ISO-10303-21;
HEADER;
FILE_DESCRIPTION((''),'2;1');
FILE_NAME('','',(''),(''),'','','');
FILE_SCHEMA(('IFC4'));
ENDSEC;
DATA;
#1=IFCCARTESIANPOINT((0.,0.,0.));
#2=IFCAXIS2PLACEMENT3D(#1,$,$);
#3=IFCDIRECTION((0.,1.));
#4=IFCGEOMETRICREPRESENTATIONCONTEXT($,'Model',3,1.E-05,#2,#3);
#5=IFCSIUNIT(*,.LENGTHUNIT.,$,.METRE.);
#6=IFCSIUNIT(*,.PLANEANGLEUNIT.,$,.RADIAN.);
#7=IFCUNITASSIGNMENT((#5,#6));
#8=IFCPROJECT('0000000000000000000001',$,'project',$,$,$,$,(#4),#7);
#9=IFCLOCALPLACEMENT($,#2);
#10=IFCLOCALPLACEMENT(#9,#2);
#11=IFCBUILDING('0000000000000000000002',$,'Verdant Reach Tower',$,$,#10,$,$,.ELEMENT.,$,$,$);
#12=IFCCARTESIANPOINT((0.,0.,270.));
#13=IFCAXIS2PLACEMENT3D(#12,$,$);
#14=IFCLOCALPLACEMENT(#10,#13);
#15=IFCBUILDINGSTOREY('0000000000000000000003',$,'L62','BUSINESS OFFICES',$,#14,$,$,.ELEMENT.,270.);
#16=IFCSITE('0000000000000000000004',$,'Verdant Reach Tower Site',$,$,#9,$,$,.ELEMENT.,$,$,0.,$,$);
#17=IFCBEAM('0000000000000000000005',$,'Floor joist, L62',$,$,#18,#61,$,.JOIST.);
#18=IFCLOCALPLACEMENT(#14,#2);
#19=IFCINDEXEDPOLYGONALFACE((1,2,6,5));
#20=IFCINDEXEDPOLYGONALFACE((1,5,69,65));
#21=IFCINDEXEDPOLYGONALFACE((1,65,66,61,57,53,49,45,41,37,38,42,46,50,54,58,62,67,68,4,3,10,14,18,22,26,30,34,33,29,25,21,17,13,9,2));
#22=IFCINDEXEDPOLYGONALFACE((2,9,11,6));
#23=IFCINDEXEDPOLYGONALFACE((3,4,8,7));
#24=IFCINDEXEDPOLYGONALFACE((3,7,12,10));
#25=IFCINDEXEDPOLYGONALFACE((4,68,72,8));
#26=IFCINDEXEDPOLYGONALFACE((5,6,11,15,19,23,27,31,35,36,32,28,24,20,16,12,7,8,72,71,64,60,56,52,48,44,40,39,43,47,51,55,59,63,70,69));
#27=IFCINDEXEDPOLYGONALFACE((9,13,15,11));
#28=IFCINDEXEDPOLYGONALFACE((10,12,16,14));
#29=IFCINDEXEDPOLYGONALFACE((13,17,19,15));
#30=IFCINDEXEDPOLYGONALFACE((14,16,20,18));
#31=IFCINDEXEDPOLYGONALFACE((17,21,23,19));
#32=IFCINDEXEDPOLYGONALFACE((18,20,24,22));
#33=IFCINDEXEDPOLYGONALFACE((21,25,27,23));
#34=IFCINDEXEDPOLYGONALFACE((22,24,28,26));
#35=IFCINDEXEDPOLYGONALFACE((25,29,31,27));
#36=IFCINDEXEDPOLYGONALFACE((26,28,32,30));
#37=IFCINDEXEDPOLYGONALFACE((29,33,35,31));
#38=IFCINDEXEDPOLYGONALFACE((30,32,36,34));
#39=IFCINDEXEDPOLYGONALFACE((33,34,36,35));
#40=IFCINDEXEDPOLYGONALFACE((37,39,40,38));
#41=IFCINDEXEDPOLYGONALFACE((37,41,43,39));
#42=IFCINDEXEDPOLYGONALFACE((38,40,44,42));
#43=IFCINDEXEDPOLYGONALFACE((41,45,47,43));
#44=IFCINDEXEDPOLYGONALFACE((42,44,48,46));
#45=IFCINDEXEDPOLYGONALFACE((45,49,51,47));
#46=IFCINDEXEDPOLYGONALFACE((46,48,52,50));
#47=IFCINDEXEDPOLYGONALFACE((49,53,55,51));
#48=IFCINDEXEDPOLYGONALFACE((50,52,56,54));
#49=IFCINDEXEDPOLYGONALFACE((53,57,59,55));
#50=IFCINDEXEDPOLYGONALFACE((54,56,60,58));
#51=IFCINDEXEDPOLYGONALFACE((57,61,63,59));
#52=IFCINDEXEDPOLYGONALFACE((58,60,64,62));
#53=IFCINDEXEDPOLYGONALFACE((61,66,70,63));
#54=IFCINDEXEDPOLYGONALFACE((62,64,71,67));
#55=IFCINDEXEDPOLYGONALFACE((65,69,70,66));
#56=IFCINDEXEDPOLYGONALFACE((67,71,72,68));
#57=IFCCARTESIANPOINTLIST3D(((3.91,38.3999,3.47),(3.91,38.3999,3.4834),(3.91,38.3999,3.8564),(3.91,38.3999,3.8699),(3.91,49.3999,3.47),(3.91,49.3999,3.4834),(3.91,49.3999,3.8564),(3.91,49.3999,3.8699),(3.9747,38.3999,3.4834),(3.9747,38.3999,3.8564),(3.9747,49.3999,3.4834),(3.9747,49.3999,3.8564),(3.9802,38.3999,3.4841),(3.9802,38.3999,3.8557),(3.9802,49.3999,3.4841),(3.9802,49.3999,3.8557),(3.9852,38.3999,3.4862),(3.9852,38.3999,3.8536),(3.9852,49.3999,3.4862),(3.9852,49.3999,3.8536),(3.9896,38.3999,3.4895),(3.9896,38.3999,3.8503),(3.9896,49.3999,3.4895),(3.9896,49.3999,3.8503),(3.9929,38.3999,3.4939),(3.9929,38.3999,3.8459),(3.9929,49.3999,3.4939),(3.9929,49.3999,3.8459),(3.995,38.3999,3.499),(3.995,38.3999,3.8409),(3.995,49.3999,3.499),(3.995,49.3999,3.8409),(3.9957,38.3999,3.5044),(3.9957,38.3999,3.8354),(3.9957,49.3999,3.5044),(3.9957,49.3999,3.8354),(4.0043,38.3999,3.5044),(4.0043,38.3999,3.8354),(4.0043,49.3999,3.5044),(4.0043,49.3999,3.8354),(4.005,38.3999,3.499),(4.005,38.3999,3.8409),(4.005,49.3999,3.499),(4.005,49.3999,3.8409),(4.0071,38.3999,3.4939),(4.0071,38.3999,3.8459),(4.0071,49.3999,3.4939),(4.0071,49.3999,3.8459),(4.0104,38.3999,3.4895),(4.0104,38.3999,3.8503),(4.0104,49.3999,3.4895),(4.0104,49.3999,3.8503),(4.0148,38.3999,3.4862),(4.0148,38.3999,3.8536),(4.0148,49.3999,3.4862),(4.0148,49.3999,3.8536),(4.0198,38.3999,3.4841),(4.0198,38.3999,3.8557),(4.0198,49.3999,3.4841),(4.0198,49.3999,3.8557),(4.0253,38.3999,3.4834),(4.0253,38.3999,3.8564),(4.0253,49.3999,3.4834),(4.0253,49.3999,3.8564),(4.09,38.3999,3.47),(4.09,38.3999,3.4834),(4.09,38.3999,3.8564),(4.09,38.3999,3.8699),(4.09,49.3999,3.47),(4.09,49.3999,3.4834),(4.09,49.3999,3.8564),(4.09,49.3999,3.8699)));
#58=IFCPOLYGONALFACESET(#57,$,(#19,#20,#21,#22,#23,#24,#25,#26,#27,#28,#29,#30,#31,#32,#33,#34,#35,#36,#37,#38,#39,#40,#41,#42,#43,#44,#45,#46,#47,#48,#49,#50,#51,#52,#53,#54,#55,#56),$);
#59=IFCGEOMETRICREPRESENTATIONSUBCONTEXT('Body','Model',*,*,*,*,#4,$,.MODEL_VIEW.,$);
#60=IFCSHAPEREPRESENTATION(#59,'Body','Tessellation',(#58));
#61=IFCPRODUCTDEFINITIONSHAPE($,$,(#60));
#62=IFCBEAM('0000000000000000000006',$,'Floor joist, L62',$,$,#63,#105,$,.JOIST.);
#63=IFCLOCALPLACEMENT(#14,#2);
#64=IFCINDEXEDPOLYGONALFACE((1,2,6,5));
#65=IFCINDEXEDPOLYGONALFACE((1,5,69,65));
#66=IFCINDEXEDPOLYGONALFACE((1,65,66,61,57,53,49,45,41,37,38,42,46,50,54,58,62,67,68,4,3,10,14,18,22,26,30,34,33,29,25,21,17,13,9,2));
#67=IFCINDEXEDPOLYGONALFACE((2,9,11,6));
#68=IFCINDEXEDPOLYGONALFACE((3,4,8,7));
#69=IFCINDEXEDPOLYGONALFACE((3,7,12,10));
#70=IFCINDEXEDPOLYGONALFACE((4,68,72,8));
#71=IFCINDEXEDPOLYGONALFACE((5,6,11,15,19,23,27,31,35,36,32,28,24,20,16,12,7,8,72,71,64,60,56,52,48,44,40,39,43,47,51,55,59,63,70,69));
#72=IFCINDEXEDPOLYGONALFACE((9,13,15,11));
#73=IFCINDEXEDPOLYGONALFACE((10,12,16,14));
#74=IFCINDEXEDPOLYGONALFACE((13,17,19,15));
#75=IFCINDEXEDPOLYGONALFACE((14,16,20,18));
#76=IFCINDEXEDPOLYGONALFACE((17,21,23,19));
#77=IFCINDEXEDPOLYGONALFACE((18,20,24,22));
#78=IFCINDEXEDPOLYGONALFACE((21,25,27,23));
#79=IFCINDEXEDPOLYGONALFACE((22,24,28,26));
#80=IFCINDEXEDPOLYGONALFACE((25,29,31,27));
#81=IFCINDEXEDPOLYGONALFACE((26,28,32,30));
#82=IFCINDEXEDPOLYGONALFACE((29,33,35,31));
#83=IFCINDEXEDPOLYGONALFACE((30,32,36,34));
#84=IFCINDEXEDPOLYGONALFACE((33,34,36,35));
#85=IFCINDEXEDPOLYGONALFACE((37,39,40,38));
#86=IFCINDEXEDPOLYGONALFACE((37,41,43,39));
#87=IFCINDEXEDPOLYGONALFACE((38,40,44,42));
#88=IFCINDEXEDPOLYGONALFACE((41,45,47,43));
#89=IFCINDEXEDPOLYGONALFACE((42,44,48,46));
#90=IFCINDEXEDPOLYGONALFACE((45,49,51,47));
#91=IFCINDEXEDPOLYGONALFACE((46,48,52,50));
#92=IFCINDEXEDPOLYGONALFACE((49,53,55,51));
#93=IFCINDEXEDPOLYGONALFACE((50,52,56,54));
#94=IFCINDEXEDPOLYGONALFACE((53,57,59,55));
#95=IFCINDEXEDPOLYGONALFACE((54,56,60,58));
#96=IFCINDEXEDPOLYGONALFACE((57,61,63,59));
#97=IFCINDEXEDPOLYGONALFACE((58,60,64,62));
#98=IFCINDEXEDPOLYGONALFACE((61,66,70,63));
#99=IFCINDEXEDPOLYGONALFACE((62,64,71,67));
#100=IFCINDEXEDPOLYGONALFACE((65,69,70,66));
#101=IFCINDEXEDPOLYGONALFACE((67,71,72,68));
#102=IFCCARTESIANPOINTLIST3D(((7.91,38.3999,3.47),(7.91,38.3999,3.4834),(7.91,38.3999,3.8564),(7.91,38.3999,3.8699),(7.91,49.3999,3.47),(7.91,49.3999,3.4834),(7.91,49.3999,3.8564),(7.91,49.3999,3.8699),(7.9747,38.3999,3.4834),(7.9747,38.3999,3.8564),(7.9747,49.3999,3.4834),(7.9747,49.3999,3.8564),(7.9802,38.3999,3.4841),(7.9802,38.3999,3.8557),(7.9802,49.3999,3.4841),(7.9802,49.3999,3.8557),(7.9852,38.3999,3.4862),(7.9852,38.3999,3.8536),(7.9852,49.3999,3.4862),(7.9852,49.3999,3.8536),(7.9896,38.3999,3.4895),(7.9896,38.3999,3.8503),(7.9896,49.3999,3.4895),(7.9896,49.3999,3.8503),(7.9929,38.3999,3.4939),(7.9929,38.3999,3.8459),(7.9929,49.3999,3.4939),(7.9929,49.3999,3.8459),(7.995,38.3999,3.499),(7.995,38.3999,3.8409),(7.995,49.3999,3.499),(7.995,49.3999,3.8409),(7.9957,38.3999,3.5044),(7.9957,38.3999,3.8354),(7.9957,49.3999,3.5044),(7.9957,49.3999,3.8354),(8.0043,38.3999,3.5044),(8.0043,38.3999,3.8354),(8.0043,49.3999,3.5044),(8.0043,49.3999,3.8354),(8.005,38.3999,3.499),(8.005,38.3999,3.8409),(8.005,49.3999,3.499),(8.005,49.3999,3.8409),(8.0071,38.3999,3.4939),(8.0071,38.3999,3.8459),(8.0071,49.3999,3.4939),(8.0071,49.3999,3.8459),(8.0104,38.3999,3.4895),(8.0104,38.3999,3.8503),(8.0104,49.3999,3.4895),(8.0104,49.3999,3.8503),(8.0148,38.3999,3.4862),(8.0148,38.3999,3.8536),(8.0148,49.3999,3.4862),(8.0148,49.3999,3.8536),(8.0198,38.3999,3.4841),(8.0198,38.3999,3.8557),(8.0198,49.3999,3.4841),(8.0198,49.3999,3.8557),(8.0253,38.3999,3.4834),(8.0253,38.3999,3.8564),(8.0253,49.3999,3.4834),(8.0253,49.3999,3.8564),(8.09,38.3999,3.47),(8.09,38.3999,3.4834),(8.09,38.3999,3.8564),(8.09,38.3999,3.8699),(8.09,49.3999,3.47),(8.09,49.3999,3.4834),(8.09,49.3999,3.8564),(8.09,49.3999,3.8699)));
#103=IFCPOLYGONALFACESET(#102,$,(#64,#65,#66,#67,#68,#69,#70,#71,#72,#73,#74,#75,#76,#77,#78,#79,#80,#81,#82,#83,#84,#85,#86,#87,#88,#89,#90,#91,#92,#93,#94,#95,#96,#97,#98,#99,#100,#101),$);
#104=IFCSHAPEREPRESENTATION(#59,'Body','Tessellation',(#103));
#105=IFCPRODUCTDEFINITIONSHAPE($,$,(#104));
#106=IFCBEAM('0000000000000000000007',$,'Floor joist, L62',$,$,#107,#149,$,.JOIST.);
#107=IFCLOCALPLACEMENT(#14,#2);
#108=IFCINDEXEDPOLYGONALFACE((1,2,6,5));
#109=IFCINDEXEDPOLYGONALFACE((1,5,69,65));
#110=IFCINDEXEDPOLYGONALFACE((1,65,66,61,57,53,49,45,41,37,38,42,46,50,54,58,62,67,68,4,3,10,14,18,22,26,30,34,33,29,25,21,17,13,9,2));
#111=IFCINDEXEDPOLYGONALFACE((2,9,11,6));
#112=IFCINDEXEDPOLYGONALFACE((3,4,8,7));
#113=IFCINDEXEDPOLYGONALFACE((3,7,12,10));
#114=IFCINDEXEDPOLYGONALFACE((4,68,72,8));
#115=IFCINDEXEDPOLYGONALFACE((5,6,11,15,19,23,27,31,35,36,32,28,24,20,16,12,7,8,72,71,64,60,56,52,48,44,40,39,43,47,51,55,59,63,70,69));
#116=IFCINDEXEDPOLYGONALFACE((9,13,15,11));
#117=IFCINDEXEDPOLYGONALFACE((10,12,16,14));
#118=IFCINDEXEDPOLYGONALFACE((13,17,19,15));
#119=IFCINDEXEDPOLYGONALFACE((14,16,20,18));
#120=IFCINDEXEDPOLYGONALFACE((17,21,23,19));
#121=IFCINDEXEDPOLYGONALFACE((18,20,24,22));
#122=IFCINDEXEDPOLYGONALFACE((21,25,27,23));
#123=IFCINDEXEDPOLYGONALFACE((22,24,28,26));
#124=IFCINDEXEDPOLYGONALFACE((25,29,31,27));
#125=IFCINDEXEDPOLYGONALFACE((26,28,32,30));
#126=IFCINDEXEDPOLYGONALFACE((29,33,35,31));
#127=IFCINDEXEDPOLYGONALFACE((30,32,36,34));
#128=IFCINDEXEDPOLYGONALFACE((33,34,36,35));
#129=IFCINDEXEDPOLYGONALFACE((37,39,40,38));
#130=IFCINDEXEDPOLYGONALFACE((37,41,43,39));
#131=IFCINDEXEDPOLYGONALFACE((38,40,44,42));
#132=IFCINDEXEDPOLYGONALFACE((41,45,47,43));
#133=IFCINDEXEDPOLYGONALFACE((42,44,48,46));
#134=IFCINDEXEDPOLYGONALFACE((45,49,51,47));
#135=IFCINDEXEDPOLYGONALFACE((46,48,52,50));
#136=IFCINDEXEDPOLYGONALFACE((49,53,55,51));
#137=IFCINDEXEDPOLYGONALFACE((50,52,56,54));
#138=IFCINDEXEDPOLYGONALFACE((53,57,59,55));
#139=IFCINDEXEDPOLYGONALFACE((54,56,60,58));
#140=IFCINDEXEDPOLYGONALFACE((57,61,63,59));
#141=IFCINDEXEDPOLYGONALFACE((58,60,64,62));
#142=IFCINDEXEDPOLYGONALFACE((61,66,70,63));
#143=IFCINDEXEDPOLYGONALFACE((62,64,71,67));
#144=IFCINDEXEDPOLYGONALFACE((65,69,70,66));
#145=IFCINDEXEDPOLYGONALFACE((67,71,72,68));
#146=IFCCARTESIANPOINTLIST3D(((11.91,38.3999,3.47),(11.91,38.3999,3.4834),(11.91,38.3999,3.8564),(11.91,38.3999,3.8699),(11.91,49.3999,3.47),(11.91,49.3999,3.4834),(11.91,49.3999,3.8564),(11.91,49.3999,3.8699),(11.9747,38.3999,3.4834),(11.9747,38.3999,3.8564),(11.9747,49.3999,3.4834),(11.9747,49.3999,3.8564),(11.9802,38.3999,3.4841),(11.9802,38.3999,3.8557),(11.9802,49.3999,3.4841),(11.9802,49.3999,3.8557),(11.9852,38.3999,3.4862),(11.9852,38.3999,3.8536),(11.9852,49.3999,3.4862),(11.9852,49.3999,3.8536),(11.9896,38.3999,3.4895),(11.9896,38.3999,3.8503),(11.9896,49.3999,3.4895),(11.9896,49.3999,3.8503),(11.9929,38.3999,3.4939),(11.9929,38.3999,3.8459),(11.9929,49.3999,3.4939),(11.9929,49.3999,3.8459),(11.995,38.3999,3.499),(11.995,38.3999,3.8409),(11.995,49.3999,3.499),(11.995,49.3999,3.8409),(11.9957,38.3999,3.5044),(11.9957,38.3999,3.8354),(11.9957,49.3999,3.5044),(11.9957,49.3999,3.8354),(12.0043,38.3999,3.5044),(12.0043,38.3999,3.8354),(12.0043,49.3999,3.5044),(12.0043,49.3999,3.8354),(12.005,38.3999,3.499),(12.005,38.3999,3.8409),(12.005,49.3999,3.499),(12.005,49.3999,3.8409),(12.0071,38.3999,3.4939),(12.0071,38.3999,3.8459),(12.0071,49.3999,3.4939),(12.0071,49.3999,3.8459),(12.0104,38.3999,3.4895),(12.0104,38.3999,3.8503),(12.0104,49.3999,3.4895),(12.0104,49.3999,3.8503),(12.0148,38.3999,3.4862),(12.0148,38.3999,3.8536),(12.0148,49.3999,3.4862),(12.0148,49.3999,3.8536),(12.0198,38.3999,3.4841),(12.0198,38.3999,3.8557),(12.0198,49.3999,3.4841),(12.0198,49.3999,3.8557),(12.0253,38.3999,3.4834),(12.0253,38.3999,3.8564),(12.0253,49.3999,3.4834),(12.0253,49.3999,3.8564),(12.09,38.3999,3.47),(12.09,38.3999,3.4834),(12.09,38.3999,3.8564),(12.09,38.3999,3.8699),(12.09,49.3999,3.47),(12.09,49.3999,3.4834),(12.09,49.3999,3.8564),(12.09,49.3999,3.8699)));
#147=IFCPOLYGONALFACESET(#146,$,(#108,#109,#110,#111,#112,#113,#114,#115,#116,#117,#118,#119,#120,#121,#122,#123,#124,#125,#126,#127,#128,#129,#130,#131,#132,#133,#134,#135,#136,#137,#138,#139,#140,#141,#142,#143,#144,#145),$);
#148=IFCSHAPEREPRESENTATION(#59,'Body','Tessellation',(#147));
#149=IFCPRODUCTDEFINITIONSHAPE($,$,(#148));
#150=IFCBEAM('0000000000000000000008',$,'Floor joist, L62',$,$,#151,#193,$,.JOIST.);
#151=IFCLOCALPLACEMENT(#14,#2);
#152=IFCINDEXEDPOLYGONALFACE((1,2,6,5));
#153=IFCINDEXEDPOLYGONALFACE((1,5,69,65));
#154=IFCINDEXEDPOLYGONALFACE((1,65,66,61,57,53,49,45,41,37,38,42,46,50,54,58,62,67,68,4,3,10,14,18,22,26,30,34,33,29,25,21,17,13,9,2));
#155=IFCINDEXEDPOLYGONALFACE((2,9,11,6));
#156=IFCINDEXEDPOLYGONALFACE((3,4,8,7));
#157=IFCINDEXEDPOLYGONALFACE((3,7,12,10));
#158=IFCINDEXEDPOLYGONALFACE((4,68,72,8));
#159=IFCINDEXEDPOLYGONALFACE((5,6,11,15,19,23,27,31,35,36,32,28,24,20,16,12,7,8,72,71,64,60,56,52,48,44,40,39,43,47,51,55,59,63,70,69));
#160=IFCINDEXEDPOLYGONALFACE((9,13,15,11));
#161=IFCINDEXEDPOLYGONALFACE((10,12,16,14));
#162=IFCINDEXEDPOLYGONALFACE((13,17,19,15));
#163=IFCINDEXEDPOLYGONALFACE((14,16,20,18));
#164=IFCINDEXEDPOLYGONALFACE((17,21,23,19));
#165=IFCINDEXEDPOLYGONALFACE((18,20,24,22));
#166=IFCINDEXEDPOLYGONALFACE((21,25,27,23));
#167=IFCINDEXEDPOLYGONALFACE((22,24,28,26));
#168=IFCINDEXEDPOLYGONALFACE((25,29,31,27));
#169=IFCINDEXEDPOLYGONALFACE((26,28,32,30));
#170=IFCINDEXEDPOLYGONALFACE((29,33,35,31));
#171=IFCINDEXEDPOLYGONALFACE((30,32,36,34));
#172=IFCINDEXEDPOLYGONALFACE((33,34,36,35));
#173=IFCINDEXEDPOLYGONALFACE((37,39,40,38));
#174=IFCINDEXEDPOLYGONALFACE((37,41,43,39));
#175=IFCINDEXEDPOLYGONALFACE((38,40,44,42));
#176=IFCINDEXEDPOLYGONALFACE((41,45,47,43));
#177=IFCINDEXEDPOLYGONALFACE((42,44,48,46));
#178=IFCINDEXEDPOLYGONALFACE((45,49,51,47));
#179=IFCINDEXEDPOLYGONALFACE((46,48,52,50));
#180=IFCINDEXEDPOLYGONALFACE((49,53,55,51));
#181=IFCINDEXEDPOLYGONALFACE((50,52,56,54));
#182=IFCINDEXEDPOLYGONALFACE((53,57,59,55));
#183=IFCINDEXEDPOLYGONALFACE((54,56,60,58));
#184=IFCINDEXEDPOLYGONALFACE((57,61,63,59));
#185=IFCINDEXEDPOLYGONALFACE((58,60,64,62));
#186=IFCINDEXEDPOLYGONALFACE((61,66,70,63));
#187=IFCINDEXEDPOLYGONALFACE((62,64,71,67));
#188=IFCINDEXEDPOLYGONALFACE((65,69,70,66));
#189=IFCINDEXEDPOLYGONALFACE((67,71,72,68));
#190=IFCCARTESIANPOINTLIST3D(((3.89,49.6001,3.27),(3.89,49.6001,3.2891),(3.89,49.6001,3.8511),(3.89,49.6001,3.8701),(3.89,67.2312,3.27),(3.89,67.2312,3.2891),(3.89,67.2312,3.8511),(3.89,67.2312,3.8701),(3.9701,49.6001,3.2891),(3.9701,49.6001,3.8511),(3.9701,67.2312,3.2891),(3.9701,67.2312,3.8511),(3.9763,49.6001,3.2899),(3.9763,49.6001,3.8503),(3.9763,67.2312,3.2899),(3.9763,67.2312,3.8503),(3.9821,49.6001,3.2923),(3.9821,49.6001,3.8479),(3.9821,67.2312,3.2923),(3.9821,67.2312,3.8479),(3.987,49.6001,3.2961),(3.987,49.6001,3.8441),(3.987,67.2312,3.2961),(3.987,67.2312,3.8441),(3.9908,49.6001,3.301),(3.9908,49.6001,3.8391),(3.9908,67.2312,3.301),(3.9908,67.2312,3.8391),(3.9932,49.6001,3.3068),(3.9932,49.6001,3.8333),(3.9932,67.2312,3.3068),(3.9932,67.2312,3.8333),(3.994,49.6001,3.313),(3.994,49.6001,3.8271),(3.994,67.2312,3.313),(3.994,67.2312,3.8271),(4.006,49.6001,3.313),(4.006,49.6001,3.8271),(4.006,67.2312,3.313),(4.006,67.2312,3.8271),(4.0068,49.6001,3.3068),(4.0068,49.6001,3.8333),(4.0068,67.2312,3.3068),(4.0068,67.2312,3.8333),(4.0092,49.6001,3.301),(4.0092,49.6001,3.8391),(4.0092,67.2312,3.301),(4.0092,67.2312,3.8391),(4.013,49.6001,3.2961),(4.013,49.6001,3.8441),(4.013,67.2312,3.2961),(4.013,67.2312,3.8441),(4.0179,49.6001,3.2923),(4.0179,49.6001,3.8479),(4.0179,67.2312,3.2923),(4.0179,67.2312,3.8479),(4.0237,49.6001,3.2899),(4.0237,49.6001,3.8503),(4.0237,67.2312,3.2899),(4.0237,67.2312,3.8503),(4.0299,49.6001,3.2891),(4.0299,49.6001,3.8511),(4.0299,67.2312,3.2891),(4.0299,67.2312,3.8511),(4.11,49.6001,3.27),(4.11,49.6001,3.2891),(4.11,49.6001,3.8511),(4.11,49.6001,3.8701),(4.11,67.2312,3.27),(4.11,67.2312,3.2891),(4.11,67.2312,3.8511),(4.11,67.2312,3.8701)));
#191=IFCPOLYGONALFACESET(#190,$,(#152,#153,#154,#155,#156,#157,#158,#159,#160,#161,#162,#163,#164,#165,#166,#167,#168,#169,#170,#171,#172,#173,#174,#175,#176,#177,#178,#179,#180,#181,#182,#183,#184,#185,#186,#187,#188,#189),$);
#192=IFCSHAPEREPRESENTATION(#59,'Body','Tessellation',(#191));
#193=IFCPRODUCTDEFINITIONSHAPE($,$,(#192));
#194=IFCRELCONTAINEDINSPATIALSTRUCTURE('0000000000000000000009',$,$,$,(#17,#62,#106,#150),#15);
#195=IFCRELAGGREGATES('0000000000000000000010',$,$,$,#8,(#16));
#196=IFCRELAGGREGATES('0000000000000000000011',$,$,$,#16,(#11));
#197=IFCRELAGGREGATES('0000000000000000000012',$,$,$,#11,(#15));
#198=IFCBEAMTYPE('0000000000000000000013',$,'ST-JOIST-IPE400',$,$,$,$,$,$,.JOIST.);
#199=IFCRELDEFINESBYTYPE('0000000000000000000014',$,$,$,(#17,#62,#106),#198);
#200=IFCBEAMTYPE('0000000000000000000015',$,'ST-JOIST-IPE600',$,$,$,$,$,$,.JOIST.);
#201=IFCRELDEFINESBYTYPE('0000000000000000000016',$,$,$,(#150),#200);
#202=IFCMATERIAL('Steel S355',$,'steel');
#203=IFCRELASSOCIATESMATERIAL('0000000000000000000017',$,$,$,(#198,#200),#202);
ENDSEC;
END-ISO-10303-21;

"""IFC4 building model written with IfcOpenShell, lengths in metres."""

from ifc_helpers import new_model, si_unit, direction, frame, origin, origin_2d, place, context, subcontext, project, spatial, i_section, extrude, material, material_profile, profile_set, type_object, element, save


model = new_model("IFC4")

# Units and contexts
model_context = context("Model", 3, precision=1e-05, world=origin(), true_north=direction((0.0, 1.0)))
body_context = subcontext(model_context, "Body", "Model", "MODEL_VIEW")
ifc_project = project(units=[si_unit("LENGTHUNIT", "METRE"), si_unit("PLANEANGLEUNIT", "RADIAN")], contexts=[model_context])

# Site, building, storey
site_placement = place(None, origin())
site = spatial("IfcSite", under=ifc_project, at=site_placement, Name="Verdant Reach Tower Site", CompositionType="ELEMENT", RefElevation=0.0)
building_placement = place(site_placement, origin())
building = spatial("IfcBuilding", under=site, at=building_placement, Name="Verdant Reach Tower", CompositionType="ELEMENT")
storey_placement = place(building_placement, frame((0.0, 0.0, 270.0)))
storey = spatial("IfcBuildingStorey", under=building, at=storey_placement, Name="L62", Description="BUSINESS OFFICES", CompositionType="ELEMENT", Elevation=270.0)

# Beams
ifc_material_1 = material(Name="Steel S355", Category="steel")
ifc_material_profile_1 = material_profile(ifc_material_1, i_section(OverallWidth=0.1799, OverallDepth=0.3999, WebThickness=0.0085, FlangeThickness=0.0134, FilletRadius=0.021, at=origin_2d()), Name="IPE 400")
ifc_profile_set_1 = profile_set([ifc_material_profile_1], Name="Steel S355")
beam_type_1 = type_object("IfcBeamType", Name="ST-JOIST-IPE400", PredefinedType="JOIST", material=ifc_profile_set_1)
for number, where, z_axis, x_axis, name in (
    (1, (4.0, 38.3999, 3.6699), (0.0, 1.0, 0.0), (-1.0, 0.0, 0.0), "Floor joist, L62"),
    (2, (8.0, 38.3999, 3.6699), (0.0, 1.0, 0.0), (-1.0, 0.0, 0.0), "Floor joist, L62"),
    (3, (12.0, 38.3999, 3.6699), (0.0, 1.0, 0.0), (-1.0, 0.0, 0.0), "Floor joist, L62"),
):
    element("IfcBeam", number, at=place(storey_placement, frame(where, z_axis=z_axis, x_axis=x_axis)), inside=storey, type_object=beam_type_1, Name=name, PredefinedType="JOIST", context=body_context, shape_type="SweptSolid", body=[
        extrude(i_section(OverallWidth=0.1799, OverallDepth=0.3999, WebThickness=0.0085, FlangeThickness=0.0134, FilletRadius=0.021, at=origin_2d()), origin(), (0.0, 0.0, 1.0), 11.0),
    ])
ifc_material_profile_2 = material_profile(ifc_material_1, i_section(OverallWidth=0.22, OverallDepth=0.6001, WebThickness=0.012, FlangeThickness=0.019, FilletRadius=0.0239, at=origin_2d()), Name="IPE 600")
ifc_profile_set_2 = profile_set([ifc_material_profile_2], Name="Steel S355")
beam_type_2 = type_object("IfcBeamType", Name="ST-JOIST-IPE600", PredefinedType="JOIST", material=ifc_profile_set_2)
beam_1_placement = place(storey_placement, frame((4.0, 49.6001, 3.5701), z_axis=(0.0, 1.0, 0.0), x_axis=(-1.0, 0.0, 0.0)))
element("IfcBeam", 4, at=beam_1_placement, inside=storey, type_object=beam_type_2, Name="Floor joist, L62", PredefinedType="JOIST", context=body_context, shape_type="SweptSolid", body=[
    extrude(i_section(OverallWidth=0.22, OverallDepth=0.6001, WebThickness=0.012, FlangeThickness=0.019, FilletRadius=0.0239, at=origin_2d()), origin(), (0.0, 0.0, 1.0), 17.6311),
])

save(model, "model.ifc")
